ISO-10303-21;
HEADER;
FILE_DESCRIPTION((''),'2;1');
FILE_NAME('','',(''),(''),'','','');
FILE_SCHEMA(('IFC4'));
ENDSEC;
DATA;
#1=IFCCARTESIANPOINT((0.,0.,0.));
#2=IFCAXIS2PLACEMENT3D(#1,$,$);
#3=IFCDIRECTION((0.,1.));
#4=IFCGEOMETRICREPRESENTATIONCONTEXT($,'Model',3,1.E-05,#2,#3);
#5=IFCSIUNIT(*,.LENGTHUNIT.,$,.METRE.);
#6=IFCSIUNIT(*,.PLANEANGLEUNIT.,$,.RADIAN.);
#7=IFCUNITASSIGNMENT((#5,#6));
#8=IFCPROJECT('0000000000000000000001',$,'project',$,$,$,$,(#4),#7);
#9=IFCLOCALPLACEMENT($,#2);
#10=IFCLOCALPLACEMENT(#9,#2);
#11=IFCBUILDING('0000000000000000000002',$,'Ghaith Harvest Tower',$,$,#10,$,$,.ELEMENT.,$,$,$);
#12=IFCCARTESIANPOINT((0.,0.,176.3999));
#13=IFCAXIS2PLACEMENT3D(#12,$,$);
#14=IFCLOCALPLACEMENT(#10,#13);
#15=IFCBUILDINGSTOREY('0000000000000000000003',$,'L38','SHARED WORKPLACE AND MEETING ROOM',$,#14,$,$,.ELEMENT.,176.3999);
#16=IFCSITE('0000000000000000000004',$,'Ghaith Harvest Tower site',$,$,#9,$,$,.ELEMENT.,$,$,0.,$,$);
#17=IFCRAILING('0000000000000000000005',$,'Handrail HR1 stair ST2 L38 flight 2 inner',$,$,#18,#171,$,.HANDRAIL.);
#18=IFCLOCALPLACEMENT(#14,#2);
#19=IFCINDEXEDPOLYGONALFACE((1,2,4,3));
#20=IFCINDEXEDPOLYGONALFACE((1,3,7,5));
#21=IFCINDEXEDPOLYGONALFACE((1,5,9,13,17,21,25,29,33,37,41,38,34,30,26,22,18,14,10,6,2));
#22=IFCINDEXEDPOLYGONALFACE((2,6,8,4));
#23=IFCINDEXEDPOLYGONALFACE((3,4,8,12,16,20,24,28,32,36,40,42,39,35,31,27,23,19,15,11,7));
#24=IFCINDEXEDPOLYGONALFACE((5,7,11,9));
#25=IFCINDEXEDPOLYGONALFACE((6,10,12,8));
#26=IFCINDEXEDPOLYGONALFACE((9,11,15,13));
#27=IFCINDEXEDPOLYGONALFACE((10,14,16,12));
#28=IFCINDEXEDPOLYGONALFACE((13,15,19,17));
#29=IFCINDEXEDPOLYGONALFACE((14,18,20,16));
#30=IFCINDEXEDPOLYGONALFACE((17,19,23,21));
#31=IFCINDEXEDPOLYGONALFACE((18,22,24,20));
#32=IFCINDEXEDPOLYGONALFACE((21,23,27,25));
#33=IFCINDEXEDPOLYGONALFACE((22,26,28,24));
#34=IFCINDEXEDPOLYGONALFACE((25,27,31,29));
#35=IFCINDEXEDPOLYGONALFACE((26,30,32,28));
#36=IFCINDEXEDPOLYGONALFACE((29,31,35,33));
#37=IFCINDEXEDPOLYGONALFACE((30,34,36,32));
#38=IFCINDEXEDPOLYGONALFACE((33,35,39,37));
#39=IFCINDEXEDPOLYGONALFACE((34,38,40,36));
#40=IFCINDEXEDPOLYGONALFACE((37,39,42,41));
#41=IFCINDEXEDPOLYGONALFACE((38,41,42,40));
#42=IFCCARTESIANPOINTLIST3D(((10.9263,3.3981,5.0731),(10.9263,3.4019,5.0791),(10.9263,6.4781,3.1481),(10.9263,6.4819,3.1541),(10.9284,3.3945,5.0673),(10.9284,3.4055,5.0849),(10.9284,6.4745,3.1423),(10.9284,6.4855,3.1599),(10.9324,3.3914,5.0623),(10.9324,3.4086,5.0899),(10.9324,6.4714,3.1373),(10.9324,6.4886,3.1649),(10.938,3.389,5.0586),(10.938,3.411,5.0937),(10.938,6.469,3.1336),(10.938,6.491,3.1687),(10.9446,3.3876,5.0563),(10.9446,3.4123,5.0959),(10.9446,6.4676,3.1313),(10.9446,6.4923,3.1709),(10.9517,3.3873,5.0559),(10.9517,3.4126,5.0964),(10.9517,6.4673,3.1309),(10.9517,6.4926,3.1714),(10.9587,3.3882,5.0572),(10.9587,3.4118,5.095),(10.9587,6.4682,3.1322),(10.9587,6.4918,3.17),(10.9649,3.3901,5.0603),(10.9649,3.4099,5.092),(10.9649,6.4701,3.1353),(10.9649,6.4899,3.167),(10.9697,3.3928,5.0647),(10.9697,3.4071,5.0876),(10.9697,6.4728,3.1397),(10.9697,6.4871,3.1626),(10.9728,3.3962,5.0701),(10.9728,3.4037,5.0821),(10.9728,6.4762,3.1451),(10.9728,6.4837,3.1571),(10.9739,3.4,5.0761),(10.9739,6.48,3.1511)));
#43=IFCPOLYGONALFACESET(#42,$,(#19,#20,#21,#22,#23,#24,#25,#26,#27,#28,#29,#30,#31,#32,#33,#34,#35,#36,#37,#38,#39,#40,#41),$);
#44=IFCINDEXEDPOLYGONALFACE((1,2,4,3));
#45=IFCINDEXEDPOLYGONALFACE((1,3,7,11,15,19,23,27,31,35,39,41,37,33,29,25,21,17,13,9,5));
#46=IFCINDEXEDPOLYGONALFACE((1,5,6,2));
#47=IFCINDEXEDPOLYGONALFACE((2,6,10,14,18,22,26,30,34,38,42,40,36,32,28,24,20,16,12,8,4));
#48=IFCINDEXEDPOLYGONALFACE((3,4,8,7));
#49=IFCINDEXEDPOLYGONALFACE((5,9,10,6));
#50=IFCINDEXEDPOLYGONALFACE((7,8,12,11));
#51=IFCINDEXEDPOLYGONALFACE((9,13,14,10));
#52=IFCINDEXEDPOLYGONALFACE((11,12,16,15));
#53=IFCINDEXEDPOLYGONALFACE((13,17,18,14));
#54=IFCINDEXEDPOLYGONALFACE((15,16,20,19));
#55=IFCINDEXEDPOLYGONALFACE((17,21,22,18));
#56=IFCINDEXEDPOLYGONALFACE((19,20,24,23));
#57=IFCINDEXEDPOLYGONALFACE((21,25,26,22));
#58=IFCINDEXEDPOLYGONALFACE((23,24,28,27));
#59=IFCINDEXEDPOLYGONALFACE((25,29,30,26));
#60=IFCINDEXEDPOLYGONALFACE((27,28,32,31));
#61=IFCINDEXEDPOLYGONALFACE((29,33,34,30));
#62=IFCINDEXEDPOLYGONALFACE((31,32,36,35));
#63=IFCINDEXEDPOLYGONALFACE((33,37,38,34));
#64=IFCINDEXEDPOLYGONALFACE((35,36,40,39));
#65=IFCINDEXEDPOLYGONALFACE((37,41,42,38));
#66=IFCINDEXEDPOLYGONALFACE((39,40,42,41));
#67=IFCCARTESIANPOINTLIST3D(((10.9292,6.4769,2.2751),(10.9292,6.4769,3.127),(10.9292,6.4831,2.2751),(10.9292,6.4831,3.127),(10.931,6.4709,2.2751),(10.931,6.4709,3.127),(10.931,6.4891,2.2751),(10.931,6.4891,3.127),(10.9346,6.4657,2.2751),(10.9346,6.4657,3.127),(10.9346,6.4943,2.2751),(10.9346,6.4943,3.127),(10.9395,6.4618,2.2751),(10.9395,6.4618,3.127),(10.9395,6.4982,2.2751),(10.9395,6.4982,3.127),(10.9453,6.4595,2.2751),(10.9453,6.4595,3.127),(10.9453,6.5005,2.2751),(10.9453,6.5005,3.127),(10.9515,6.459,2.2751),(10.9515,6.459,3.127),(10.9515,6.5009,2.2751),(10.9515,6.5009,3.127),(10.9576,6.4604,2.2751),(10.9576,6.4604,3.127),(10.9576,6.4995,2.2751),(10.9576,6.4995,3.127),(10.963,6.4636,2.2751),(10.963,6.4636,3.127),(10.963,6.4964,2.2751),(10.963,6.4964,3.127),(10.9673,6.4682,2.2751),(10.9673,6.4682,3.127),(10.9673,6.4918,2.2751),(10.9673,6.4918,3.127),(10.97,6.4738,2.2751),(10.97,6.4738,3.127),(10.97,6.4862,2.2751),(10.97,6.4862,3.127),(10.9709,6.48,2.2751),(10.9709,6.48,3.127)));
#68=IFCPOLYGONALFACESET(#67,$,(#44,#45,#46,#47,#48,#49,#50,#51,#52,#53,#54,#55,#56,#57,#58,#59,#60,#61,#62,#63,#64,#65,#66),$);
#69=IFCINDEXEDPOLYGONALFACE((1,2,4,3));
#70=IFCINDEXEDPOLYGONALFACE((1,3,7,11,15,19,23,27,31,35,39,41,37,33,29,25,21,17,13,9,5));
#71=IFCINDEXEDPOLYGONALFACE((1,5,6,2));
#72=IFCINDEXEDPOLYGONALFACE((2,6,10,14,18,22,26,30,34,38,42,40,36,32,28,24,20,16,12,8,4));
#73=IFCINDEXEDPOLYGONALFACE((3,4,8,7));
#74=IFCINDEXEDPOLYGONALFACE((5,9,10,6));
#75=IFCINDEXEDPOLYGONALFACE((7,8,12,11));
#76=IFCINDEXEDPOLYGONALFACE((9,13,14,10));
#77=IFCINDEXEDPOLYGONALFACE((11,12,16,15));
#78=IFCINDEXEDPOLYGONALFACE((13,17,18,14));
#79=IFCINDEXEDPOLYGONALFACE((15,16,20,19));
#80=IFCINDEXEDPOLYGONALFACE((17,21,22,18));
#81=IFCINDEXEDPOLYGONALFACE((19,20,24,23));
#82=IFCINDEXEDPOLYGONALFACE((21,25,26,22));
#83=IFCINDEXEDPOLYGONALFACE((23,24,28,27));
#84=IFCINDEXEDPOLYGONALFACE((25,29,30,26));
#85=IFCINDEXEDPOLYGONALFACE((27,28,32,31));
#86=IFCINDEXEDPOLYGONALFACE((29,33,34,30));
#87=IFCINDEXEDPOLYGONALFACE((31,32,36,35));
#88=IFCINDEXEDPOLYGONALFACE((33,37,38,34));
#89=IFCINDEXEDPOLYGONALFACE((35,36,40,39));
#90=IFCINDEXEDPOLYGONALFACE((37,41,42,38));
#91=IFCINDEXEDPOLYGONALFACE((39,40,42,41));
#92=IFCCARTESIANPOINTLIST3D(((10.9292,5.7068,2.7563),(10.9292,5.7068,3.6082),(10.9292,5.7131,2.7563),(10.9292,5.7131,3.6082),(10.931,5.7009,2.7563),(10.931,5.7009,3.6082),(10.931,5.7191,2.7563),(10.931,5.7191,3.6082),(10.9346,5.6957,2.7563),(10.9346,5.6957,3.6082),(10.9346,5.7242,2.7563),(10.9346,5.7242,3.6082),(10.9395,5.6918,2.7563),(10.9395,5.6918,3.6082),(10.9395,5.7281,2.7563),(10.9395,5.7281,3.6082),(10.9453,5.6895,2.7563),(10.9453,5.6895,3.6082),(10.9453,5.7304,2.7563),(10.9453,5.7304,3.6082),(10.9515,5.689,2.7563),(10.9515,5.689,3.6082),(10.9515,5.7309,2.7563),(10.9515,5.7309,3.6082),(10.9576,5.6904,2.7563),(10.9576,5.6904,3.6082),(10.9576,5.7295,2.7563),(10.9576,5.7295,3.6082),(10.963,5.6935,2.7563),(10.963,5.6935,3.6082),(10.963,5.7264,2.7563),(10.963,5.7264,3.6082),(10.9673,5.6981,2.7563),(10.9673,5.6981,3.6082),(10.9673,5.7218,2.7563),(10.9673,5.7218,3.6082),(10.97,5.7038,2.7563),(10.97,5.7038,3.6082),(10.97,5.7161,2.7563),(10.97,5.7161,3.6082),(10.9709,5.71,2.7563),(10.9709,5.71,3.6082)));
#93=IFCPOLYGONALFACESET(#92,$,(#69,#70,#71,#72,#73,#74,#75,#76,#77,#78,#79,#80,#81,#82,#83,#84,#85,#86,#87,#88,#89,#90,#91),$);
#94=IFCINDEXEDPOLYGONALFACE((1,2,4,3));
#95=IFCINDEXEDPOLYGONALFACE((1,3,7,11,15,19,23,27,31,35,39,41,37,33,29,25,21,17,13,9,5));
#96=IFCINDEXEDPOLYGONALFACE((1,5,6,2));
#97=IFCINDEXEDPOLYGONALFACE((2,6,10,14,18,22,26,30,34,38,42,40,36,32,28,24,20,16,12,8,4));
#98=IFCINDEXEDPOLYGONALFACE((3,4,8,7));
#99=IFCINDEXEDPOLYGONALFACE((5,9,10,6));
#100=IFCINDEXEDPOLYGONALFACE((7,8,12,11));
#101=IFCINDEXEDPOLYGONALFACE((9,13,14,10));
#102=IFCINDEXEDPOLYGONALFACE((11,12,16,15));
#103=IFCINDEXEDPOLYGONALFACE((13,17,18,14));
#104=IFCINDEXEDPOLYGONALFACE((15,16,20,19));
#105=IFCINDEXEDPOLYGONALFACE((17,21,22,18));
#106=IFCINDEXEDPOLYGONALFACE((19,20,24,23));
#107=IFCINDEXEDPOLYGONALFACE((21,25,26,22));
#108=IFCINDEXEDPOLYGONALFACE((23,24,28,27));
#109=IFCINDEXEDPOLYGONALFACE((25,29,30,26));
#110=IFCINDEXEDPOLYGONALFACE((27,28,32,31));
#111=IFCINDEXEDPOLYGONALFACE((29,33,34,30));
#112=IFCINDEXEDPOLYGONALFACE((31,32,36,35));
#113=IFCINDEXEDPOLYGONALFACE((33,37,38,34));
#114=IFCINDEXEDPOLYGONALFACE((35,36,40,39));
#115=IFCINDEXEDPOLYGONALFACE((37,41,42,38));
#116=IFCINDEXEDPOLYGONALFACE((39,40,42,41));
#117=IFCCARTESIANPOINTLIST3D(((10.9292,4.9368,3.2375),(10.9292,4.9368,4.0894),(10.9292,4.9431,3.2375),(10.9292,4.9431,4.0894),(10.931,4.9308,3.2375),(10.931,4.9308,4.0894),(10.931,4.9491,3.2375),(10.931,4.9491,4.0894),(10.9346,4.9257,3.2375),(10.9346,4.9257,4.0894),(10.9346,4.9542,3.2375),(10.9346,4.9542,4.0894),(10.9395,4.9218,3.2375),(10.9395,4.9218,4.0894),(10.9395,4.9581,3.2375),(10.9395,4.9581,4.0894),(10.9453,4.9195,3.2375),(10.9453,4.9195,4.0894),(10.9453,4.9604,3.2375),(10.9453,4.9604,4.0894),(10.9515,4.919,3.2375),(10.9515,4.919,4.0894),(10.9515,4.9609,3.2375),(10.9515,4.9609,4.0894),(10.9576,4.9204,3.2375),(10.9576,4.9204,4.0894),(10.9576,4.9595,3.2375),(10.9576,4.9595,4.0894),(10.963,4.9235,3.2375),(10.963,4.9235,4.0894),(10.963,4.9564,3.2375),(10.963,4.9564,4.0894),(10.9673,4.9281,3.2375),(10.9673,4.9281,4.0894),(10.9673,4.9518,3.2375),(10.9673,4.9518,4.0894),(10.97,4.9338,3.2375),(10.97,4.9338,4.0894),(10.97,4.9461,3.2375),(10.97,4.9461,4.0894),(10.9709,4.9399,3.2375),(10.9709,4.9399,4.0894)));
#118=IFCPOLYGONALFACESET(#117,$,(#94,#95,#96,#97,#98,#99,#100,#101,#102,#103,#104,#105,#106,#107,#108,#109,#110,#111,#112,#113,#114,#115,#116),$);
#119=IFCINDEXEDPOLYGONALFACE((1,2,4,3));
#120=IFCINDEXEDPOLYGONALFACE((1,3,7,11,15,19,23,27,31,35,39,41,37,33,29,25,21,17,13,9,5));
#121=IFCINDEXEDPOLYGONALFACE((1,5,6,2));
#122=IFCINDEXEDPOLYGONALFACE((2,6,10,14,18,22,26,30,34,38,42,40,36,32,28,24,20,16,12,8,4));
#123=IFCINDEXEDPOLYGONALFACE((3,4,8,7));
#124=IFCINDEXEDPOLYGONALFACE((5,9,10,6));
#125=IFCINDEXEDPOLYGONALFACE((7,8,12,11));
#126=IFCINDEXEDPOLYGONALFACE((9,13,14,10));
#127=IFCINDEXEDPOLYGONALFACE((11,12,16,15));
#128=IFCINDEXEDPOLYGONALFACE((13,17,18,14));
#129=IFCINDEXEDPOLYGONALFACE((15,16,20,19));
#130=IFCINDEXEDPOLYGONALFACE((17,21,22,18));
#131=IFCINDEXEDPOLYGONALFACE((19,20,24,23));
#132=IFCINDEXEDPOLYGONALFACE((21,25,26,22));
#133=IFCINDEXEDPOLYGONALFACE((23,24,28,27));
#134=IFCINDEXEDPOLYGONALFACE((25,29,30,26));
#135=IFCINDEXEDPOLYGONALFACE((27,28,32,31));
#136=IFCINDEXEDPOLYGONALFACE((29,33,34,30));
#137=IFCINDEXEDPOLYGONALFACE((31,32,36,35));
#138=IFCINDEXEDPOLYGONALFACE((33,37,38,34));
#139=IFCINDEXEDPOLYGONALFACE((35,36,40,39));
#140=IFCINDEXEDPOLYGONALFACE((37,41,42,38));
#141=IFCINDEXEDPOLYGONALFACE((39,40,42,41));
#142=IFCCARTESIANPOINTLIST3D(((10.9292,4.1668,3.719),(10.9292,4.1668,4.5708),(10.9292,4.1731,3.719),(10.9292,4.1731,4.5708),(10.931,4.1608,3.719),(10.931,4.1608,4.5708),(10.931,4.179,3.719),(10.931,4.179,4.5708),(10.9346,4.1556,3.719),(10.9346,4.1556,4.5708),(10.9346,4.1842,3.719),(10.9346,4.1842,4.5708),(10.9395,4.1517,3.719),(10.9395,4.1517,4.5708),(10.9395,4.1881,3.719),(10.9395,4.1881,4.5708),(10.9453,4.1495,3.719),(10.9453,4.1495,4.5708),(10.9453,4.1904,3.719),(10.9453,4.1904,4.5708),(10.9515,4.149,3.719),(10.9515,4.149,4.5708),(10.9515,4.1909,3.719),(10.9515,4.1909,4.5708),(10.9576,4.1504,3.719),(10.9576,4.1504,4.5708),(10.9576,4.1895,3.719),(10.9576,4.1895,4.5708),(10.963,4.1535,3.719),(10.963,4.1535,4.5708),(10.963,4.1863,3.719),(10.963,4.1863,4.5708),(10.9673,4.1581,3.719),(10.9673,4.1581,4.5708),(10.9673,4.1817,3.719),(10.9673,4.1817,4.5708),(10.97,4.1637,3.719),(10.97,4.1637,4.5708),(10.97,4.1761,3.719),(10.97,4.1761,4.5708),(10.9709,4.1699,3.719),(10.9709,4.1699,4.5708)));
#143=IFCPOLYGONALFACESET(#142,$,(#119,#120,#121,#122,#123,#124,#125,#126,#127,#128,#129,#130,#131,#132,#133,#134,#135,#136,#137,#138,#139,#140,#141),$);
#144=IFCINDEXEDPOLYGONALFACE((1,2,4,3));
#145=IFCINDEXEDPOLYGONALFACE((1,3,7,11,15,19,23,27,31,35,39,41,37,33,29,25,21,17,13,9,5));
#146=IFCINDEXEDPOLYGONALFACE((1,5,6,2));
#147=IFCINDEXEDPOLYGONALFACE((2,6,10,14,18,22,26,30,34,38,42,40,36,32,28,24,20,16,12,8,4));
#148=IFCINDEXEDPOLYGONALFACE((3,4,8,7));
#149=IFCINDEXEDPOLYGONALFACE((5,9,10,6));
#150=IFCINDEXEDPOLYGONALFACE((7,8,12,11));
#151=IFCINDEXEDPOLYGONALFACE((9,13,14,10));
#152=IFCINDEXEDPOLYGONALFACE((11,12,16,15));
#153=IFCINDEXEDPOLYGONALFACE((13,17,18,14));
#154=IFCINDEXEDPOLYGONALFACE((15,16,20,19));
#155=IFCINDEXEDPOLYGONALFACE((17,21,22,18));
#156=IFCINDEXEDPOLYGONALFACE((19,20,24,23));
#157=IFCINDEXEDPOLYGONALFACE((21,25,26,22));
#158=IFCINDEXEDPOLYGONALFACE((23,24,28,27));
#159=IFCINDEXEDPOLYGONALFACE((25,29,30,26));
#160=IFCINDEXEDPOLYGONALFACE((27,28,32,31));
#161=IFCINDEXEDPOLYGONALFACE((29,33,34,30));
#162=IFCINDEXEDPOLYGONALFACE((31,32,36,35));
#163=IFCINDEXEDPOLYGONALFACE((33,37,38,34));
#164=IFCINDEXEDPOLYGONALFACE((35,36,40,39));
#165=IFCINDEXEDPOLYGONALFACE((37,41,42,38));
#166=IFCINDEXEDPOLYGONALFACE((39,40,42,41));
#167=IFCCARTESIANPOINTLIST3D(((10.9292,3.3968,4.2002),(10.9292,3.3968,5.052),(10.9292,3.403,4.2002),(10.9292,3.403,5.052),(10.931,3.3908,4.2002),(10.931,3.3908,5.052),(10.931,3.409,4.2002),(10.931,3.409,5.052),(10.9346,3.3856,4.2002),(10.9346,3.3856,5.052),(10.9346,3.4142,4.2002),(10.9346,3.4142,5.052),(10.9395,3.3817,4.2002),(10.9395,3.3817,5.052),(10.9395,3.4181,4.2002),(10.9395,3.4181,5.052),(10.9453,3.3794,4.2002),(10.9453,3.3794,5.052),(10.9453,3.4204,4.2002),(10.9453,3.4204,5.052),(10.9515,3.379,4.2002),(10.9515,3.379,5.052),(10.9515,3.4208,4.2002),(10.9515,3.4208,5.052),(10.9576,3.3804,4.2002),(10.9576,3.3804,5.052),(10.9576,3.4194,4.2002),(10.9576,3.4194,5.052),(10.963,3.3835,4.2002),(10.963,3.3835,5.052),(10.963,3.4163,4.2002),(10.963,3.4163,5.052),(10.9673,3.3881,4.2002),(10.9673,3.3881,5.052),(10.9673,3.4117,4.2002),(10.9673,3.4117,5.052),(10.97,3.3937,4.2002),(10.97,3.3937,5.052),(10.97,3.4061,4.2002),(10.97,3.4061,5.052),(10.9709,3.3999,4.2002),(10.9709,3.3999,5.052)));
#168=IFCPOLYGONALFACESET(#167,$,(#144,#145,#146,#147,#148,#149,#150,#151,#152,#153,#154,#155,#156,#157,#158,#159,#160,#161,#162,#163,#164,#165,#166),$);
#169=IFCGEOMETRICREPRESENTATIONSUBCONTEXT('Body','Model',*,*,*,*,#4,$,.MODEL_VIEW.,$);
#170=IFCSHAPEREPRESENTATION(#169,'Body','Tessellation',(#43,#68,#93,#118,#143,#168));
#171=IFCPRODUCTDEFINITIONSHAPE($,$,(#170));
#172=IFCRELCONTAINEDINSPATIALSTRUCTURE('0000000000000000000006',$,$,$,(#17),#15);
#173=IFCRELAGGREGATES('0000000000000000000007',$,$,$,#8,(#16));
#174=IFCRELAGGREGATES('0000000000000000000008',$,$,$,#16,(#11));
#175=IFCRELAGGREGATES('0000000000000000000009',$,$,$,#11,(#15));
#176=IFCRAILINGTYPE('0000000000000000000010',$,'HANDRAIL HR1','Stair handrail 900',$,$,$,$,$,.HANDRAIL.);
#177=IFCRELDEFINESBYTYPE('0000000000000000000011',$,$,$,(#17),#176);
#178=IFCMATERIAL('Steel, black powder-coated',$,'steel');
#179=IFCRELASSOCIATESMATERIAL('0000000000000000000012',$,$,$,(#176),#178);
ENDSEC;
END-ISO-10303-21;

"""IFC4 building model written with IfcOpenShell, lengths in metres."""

from ifc_helpers import new_model, si_unit, direction, frame, origin, origin_2d, place, context, subcontext, project, spatial, circle, extrude, material, type_object, element, save


model = new_model("IFC4")

# Units and contexts
model_context = context("Model", 3, precision=1e-05, world=origin(), true_north=direction((0.0, 1.0)))
body_context = subcontext(model_context, "Body", "Model", "MODEL_VIEW")
ifc_project = project(units=[si_unit("LENGTHUNIT", "METRE"), si_unit("PLANEANGLEUNIT", "RADIAN")], contexts=[model_context])

# Site, building, storey
site_placement = place(None, origin())
site = spatial("IfcSite", under=ifc_project, at=site_placement, Name="Ghaith Harvest Tower site", CompositionType="ELEMENT", RefElevation=0.0)
building_placement = place(site_placement, origin())
building = spatial("IfcBuilding", under=site, at=building_placement, Name="Ghaith Harvest Tower", CompositionType="ELEMENT")
storey_placement = place(building_placement, frame((0.0, 0.0, 176.3999)))
storey = spatial("IfcBuildingStorey", under=building, at=storey_placement, Name="L38", Description="SHARED WORKPLACE AND MEETING ROOM", CompositionType="ELEMENT", Elevation=176.3999)

# Railing
ifc_material_1 = material(Name="Steel, black powder-coated", Category="steel")
railing_type = type_object("IfcRailingType", Name="HANDRAIL HR1", Description="Stair handrail 900", PredefinedType="HANDRAIL", material=ifc_material_1)
railing_1_placement = place(storey_placement, frame((10.95, 6.48, 2.2751)))
element("IfcRailing", 1, at=railing_1_placement, inside=storey, type_object=railing_type, Name="Handrail HR1 stair ST2 L38 flight 2 inner", PredefinedType="HANDRAIL", context=body_context, shape_type="SweptSolid", body=[
    extrude(circle(Radius=0.0239, at=origin_2d()), frame((0.0, 0.0, 0.876), z_axis=(0.0, -0.847998, 0.529999), x_axis=(1.0, 0.0, 0.0)), (0.0, 0.0, 1.0), 3.6321),
    extrude(circle(Radius=0.021, at=origin_2d()), origin(), (0.0, 0.0, 1.0), 0.8518),
    extrude(circle(Radius=0.021, at=origin_2d()), frame((0.0, -0.77, 0.4812)), (0.0, 0.0, 1.0), 0.8518),
    extrude(circle(Radius=0.021, at=origin_2d()), frame((0.0, -1.54, 0.9624)), (0.0, 0.0, 1.0), 0.8518),
    extrude(circle(Radius=0.021, at=origin_2d()), frame((0.0, -2.3101, 1.4438)), (0.0, 0.0, 1.0), 0.8518),
    extrude(circle(Radius=0.021, at=origin_2d()), frame((0.0, -3.0801, 1.925)), (0.0, 0.0, 1.0), 0.8518),
])

save(model, "model.ifc")
